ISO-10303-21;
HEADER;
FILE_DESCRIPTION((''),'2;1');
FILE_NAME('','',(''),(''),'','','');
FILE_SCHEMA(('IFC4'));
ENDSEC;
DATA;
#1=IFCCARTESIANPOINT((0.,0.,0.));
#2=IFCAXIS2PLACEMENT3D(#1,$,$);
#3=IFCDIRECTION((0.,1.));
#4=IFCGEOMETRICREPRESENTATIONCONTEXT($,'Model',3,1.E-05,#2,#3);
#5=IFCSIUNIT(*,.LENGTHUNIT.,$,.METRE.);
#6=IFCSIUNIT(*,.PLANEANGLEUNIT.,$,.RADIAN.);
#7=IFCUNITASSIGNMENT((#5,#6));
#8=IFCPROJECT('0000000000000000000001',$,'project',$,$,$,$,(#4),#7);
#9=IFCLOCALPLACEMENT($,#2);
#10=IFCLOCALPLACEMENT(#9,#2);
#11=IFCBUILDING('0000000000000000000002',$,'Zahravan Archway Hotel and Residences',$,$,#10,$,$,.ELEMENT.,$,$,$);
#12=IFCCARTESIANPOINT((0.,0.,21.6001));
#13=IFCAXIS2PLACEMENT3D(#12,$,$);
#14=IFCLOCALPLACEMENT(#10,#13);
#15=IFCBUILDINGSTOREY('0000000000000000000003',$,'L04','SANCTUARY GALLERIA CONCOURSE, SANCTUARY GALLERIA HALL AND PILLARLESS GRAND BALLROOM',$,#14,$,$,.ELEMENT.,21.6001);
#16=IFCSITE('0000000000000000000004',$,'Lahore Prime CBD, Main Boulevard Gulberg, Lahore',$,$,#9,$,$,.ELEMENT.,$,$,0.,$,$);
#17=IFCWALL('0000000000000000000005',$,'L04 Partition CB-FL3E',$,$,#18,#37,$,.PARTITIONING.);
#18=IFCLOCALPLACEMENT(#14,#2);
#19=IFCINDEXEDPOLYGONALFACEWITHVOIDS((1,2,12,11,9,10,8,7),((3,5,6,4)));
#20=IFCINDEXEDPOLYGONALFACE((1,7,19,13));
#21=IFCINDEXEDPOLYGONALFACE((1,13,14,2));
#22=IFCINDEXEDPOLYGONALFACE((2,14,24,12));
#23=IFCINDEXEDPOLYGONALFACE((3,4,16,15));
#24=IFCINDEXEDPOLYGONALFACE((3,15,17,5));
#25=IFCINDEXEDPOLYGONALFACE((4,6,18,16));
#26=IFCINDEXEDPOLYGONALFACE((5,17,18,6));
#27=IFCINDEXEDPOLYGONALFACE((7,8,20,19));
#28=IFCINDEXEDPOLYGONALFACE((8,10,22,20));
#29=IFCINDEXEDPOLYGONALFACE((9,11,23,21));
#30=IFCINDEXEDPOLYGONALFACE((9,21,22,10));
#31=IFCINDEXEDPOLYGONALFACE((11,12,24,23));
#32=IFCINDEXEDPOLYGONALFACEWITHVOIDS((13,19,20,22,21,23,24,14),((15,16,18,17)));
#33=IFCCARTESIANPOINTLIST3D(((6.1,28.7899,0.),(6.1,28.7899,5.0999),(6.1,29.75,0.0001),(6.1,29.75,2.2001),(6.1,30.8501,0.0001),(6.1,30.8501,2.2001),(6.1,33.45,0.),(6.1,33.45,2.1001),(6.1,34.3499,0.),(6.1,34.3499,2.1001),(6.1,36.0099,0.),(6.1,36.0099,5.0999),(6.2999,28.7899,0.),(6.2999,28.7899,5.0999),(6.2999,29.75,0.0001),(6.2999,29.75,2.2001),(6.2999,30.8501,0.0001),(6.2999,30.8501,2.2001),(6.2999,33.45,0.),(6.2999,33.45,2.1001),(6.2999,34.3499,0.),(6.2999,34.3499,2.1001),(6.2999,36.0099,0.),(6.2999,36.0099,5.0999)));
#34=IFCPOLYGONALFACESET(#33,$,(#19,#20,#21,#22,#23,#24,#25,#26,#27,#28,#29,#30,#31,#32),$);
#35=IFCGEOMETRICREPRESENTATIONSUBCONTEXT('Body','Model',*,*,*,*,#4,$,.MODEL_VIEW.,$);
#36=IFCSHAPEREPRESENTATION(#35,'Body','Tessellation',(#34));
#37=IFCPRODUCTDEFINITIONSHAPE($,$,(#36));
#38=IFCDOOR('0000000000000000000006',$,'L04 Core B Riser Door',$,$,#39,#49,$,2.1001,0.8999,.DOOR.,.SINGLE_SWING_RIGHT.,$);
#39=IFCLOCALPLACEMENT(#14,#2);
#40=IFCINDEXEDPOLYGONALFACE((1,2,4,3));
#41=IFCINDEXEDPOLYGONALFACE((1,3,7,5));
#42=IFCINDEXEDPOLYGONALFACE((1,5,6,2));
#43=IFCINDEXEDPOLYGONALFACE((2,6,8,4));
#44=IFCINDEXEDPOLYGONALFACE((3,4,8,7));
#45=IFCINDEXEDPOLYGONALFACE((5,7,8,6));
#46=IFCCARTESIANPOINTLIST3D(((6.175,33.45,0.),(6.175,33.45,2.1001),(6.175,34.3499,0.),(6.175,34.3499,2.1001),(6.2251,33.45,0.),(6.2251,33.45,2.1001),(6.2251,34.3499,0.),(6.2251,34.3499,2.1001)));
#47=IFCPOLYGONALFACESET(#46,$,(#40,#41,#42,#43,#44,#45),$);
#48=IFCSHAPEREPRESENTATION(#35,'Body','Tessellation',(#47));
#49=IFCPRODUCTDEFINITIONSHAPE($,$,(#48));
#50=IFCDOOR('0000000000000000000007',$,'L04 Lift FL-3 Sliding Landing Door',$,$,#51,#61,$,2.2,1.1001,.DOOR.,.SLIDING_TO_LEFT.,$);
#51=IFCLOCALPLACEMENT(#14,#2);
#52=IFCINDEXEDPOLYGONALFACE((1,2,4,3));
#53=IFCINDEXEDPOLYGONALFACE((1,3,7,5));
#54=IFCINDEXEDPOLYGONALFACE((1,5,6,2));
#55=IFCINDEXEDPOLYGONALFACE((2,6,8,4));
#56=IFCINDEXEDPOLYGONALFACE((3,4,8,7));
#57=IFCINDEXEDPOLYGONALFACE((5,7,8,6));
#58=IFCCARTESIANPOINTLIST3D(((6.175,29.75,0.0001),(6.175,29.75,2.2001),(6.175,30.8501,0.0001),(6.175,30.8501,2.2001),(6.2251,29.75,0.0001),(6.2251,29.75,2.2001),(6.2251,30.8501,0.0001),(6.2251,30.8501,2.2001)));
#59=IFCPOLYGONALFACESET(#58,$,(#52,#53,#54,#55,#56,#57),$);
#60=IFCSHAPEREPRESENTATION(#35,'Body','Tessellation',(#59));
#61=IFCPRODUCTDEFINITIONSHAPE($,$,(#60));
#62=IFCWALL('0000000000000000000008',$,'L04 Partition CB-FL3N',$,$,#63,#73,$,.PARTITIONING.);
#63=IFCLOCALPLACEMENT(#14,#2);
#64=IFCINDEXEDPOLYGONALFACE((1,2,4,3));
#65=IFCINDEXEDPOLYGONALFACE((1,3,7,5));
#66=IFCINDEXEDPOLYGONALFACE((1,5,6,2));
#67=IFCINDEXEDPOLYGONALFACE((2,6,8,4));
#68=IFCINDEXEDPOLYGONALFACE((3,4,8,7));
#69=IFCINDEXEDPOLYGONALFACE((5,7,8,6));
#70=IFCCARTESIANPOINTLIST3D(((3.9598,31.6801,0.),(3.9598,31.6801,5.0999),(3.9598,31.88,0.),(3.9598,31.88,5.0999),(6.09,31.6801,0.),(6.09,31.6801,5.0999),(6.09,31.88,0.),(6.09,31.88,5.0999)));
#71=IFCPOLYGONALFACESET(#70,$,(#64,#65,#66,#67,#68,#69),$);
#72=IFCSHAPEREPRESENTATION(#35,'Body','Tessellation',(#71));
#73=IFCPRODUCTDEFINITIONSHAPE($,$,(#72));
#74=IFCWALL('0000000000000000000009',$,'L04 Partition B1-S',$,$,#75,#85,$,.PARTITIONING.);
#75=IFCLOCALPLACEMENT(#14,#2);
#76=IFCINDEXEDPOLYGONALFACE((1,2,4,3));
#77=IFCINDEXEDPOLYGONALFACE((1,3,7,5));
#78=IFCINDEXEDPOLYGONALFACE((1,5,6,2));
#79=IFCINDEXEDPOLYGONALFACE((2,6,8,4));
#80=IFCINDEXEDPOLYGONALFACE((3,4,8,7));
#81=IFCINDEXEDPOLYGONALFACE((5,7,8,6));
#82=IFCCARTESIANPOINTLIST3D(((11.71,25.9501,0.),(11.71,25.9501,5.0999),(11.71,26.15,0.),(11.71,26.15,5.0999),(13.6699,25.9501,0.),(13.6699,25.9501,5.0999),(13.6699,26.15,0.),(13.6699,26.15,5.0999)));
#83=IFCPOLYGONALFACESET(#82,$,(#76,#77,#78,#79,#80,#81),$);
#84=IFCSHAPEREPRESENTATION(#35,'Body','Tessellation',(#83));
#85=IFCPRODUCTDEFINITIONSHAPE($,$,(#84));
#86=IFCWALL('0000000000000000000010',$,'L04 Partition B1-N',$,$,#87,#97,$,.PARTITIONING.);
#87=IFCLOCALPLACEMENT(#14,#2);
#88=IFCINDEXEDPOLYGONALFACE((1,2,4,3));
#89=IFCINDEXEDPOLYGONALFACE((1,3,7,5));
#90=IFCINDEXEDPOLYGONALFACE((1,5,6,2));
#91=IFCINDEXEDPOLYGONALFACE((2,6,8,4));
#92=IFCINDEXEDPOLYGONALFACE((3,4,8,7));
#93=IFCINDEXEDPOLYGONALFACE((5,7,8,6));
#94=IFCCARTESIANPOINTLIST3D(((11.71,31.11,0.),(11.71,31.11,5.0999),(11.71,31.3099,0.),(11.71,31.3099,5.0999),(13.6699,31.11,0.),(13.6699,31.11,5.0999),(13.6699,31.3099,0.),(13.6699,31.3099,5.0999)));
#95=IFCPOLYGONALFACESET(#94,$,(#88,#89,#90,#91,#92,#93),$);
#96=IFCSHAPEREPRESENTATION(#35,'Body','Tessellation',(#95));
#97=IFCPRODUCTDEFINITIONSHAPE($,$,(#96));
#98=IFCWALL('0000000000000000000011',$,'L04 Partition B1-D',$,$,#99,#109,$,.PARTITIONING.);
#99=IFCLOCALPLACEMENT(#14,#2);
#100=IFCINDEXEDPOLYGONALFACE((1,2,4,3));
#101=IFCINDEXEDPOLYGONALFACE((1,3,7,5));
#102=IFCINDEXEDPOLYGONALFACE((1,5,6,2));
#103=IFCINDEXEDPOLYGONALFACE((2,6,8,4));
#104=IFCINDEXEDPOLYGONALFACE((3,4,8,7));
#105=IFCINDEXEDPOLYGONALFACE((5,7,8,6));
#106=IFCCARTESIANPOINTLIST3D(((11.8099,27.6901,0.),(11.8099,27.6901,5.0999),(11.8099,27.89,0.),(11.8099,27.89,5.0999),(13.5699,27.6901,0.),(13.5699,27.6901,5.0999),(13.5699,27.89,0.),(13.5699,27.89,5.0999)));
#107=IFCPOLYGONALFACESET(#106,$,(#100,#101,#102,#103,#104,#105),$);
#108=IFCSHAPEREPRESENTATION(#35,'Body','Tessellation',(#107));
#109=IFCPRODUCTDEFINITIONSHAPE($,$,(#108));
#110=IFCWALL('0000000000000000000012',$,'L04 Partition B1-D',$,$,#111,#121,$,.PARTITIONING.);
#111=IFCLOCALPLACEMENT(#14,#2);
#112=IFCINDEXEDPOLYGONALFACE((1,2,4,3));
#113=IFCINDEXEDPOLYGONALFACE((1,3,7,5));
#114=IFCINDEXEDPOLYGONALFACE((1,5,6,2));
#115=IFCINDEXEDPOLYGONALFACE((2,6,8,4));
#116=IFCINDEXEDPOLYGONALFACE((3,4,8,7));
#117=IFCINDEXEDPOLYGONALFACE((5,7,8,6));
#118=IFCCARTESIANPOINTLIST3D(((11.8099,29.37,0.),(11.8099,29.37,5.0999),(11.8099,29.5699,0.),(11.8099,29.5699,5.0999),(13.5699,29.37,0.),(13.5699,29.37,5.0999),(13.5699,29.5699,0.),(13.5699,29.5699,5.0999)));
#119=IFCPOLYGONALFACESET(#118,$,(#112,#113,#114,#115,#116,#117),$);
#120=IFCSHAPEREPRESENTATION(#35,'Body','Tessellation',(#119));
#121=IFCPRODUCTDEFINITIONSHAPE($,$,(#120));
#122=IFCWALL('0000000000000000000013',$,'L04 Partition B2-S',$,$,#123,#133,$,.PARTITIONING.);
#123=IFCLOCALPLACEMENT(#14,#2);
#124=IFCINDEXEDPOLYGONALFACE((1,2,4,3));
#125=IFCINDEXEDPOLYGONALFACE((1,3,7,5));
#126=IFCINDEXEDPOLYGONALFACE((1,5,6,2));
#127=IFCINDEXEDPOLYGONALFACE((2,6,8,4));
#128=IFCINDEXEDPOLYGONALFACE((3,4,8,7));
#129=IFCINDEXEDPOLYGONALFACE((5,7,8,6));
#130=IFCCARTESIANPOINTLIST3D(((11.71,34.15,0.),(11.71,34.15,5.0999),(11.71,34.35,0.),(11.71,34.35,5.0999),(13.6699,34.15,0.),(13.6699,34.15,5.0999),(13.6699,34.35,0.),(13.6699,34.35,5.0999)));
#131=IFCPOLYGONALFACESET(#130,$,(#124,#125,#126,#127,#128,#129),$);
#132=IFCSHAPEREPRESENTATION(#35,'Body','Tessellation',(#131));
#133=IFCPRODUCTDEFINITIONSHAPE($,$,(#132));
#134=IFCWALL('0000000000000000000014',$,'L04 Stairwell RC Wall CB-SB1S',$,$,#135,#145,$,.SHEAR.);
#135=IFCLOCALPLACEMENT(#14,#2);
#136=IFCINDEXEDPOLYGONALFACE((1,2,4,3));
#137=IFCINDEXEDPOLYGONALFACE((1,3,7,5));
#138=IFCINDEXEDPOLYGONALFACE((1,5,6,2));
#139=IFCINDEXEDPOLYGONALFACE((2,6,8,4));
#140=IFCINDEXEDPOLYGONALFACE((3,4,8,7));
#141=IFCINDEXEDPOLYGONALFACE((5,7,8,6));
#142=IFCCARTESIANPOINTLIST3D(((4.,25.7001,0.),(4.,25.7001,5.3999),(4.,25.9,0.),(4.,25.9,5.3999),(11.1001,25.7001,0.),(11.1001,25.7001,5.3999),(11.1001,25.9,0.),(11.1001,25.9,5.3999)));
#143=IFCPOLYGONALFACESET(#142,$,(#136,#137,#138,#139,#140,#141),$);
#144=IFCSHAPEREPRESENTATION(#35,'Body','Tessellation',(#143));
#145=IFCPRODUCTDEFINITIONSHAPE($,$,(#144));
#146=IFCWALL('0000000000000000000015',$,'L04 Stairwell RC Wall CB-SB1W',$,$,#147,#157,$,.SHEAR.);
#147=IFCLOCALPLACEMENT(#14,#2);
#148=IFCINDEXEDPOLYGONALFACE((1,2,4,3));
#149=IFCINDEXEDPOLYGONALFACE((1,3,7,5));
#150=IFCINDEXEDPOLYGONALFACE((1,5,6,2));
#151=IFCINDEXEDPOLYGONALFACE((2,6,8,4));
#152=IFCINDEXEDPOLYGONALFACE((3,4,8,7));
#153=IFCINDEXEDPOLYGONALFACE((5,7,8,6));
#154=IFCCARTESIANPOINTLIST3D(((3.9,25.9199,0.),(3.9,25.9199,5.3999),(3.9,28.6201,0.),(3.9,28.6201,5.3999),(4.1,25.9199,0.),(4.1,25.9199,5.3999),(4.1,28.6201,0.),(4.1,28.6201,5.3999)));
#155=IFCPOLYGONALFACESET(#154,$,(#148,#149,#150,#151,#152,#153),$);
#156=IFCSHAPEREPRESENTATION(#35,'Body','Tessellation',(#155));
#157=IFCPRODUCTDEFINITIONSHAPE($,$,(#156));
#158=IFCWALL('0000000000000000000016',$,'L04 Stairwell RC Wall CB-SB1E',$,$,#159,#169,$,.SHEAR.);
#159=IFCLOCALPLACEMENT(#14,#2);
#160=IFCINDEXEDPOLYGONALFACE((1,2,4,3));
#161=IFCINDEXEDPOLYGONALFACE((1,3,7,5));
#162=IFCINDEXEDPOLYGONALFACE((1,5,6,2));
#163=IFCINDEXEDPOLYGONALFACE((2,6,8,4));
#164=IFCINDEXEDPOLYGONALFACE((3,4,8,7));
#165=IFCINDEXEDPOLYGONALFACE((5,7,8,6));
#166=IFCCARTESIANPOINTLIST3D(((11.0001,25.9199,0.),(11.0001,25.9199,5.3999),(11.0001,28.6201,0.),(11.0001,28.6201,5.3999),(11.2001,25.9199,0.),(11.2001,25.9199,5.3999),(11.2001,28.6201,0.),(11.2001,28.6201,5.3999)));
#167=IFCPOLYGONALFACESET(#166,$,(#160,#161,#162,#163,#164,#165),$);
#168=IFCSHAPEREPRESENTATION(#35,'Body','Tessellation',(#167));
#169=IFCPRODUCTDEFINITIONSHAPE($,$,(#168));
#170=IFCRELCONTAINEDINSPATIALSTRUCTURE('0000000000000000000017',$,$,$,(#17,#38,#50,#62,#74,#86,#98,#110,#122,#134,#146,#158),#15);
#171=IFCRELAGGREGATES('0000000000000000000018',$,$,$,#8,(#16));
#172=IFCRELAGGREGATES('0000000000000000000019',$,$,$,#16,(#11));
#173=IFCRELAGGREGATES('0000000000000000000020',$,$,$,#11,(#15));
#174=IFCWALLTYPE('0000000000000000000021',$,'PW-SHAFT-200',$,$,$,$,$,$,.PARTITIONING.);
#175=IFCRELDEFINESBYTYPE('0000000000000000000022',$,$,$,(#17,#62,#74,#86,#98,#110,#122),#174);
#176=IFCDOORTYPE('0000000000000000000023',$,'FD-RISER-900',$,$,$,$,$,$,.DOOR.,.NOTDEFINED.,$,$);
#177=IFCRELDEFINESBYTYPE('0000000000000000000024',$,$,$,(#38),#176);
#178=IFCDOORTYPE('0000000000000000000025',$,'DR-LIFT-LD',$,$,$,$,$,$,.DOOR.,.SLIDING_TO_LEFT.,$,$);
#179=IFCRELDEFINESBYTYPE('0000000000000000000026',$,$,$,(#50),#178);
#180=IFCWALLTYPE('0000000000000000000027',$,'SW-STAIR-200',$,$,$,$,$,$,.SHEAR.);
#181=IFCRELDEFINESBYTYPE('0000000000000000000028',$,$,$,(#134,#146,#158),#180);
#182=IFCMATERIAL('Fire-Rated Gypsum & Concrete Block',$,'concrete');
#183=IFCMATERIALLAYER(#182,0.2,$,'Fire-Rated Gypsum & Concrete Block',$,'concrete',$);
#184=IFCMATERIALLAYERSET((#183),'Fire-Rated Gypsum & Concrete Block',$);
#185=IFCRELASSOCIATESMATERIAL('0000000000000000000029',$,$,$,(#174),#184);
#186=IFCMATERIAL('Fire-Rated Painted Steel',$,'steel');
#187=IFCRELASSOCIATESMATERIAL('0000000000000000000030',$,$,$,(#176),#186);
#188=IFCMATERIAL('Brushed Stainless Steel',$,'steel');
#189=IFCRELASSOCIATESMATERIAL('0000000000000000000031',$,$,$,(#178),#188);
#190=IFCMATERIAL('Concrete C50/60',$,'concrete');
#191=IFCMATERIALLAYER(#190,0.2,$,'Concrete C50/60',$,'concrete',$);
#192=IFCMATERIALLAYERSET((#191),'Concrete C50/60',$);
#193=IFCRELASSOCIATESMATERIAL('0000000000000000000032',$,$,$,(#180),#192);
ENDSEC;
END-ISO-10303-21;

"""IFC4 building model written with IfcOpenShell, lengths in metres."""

from ifc_helpers import new_model, si_unit, direction, frame, frame_2d, origin, place, context, subcontext, project, spatial, rectangle, extrude, source, transform, mapped, material, layer, layer_set, type_object, type_shapes, element, fill, save


model = new_model("IFC4")

# Units and contexts
model_context = context("Model", 3, precision=1e-05, world=origin(), true_north=direction((0.0, 1.0)))
body_context = subcontext(model_context, "Body", "Model", "MODEL_VIEW")
ifc_project = project(units=[si_unit("LENGTHUNIT", "METRE"), si_unit("PLANEANGLEUNIT", "RADIAN")], contexts=[model_context])

# Site, building, storey
site_placement = place(None, origin())
site = spatial("IfcSite", under=ifc_project, at=site_placement, Name="Lahore Prime CBD, Main Boulevard Gulberg, Lahore", CompositionType="ELEMENT", RefElevation=0.0)
building_placement = place(site_placement, origin())
building = spatial("IfcBuilding", under=site, at=building_placement, Name="Zahravan Archway Hotel and Residences", CompositionType="ELEMENT")
storey_placement = place(building_placement, frame((0.0, 0.0, 21.6001)))
storey = spatial("IfcBuildingStorey", under=building, at=storey_placement, Name="L04", Description="SANCTUARY GALLERIA CONCOURSE, SANCTUARY GALLERIA HALL AND PILLARLESS GRAND BALLROOM", CompositionType="ELEMENT", Elevation=21.6001)

# Shared definitions
ifc_material_1 = material(Name="Fire-Rated Painted Steel", Category="steel")

# Wall, openings, doors
ifc_material_2 = material(Name="Fire-Rated Gypsum & Concrete Block", Category="concrete")
ifc_layer_1 = layer(ifc_material_2, 0.2, Name="Fire-Rated Gypsum & Concrete Block", Category="concrete")
ifc_layer_set_1 = layer_set([ifc_layer_1], Name="Fire-Rated Gypsum & Concrete Block")
wall_type_1 = type_object("IfcWallType", Name="PW-SHAFT-200", PredefinedType="PARTITIONING", material=ifc_layer_set_1)
wall_1_placement = place(storey_placement, frame((6.2, 28.79, 0.0), z_axis=(0.0, 0.0, 1.0), x_axis=(0.0, 1.0, 0.0)))
wall_1 = element("IfcWall", 1, at=wall_1_placement, inside=storey, type_object=wall_type_1, Name="L04 Partition CB-FL3E", PredefinedType="PARTITIONING", context=body_context, shape_type="SweptSolid", body=[
    extrude(rectangle(XDim=7.22, YDim=0.2, at=frame_2d((3.6099, 0.0))), origin(), (0.0, 0.0, 1.0), 5.0999),
])
opening_1_placement = place(wall_1_placement, frame((4.6599, 0.0, 0.0)))
opening_1 = element("IfcOpeningElement", 2, at=opening_1_placement, cuts=wall_1, PredefinedType="OPENING", context=body_context, shape_type="SweptSolid", body=[
    extrude(rectangle(XDim=0.8999, YDim=2.1001, at=frame_2d((0.45, 1.05))), frame((0.0, 0.1099, 0.0), z_axis=(0.0, -1.0, 0.0), x_axis=(1.0, 0.0, 0.0)), (0.0, 0.0, 1.0), 0.22),
])
opening_2_placement = place(wall_1_placement, frame((0.96, 0.0, 0.0)))
opening_2 = element("IfcOpeningElement", 3, at=opening_2_placement, cuts=wall_1, PredefinedType="OPENING", context=body_context, shape_type="SweptSolid", body=[
    extrude(rectangle(XDim=1.1001, YDim=2.2, at=frame_2d((0.55, 1.1001))), frame((0.0, 0.1099, 0.0), z_axis=(0.0, -1.0, 0.0), x_axis=(1.0, 0.0, 0.0)), (0.0, 0.0, 1.0), 0.22),
])
door_type_1 = type_object("IfcDoorType", Name="FD-RISER-900", OperationType="NOTDEFINED", PredefinedType="DOOR", material=ifc_material_1)
shared_shape_1 = source(origin(), body_context, "Body", "SweptSolid", [
    extrude(rectangle(XDim=0.8999, YDim=2.1001, at=frame_2d((0.45, 1.05))), frame((0.0, 0.0249, 0.0), z_axis=(0.0, -1.0, 0.0), x_axis=(1.0, 0.0, 0.0)), (0.0, 0.0, 1.0), 0.05),
])
type_shapes(door_type_1, [shared_shape_1])
door_1_placement = place(opening_1_placement, origin())
door_1 = element("IfcDoor", 4, at=door_1_placement, inside=storey, type_object=door_type_1, Name="L04 Core B Riser Door", OperationType="SINGLE_SWING_RIGHT", OverallHeight=2.1001, OverallWidth=0.8999, PredefinedType="DOOR", context=body_context, shape_type="MappedRepresentation", body=[
    mapped(shared_shape_1, transform((0.0, 0.0, 0.0), scale=1.0)),
])
fill(opening_1, door_1)
ifc_material_3 = material(Name="Brushed Stainless Steel", Category="steel")
door_type_2 = type_object("IfcDoorType", Name="DR-LIFT-LD", OperationType="SLIDING_TO_LEFT", PredefinedType="DOOR", material=ifc_material_3)
shared_shape_2 = source(origin(), body_context, "Body", "SweptSolid", [
    extrude(rectangle(XDim=1.1001, YDim=2.2, at=frame_2d((0.55, 1.1001))), frame((0.0, 0.0249, 0.0), z_axis=(0.0, -1.0, 0.0), x_axis=(1.0, 0.0, 0.0)), (0.0, 0.0, 1.0), 0.05),
])
type_shapes(door_type_2, [shared_shape_2])
door_2_placement = place(opening_2_placement, origin())
door_2 = element("IfcDoor", 5, at=door_2_placement, inside=storey, type_object=door_type_2, Name="L04 Lift FL-3 Sliding Landing Door", OperationType="SLIDING_TO_LEFT", OverallHeight=2.2, OverallWidth=1.1001, PredefinedType="DOOR", context=body_context, shape_type="MappedRepresentation", body=[
    mapped(shared_shape_2, transform((0.0, 0.0, 0.0), scale=1.0)),
])
fill(opening_2, door_2)

# Walls
wall_2_placement = place(storey_placement, frame((3.96, 31.78, 0.0), z_axis=(0.0, 0.0, 1.0), x_axis=(1.0, 0.0, 0.0)))
element("IfcWall", 6, at=wall_2_placement, inside=storey, type_object=wall_type_1, Name="L04 Partition CB-FL3N", PredefinedType="PARTITIONING", context=body_context, shape_type="SweptSolid", body=[
    extrude(rectangle(XDim=2.1301, YDim=0.2, at=frame_2d((1.0649, 0.0))), origin(), (0.0, 0.0, 1.0), 5.0999),
])
for number, where, z_axis, x_axis, name in (
    (7, (11.71, 26.05, 0.0), (0.0, 0.0, 1.0), (1.0, 0.0, 0.0), "L04 Partition B1-S"),
    (8, (11.71, 31.21, 0.0), (0.0, 0.0, 1.0), (1.0, 0.0, 0.0), "L04 Partition B1-N"),
):
    element("IfcWall", number, at=place(storey_placement, frame(where, z_axis=z_axis, x_axis=x_axis)), inside=storey, type_object=wall_type_1, Name=name, PredefinedType="PARTITIONING", context=body_context, shape_type="SweptSolid", body=[
        extrude(rectangle(XDim=1.96, YDim=0.2, at=frame_2d((0.98, 0.0))), origin(), (0.0, 0.0, 1.0), 5.0999),
    ])
for number, where, z_axis, x_axis, name in (
    (9, (11.8101, 27.79, 0.0), (0.0, 0.0, 1.0), (1.0, 0.0, 0.0), "L04 Partition B1-D"),
    (10, (11.8101, 29.47, 0.0), (0.0, 0.0, 1.0), (1.0, 0.0, 0.0), "L04 Partition B1-D"),
):
    element("IfcWall", number, at=place(storey_placement, frame(where, z_axis=z_axis, x_axis=x_axis)), inside=storey, type_object=wall_type_1, Name=name, PredefinedType="PARTITIONING", context=body_context, shape_type="SweptSolid", body=[
        extrude(rectangle(XDim=1.76, YDim=0.2, at=frame_2d((0.8799, 0.0))), origin(), (0.0, 0.0, 1.0), 5.0999),
    ])
wall_3_placement = place(storey_placement, frame((11.71, 34.25, 0.0), z_axis=(0.0, 0.0, 1.0), x_axis=(1.0, 0.0, 0.0)))
element("IfcWall", 11, at=wall_3_placement, inside=storey, type_object=wall_type_1, Name="L04 Partition B2-S", PredefinedType="PARTITIONING", context=body_context, shape_type="SweptSolid", body=[
    extrude(rectangle(XDim=1.96, YDim=0.2, at=frame_2d((0.98, 0.0))), origin(), (0.0, 0.0, 1.0), 5.0999),
])
ifc_material_4 = material(Name="Concrete C50/60", Category="concrete")
ifc_layer_2 = layer(ifc_material_4, 0.2, Name="Concrete C50/60", Category="concrete")
ifc_layer_set_2 = layer_set([ifc_layer_2], Name="Concrete C50/60")
wall_type_2 = type_object("IfcWallType", Name="SW-STAIR-200", PredefinedType="SHEAR", material=ifc_layer_set_2)
wall_4_placement = place(storey_placement, frame((4.0, 25.8, 0.0), z_axis=(0.0, 0.0, 1.0), x_axis=(1.0, 0.0, 0.0)))
element("IfcWall", 12, at=wall_4_placement, inside=storey, type_object=wall_type_2, Name="L04 Stairwell RC Wall CB-SB1S", PredefinedType="SHEAR", context=body_context, shape_type="SweptSolid", body=[
    extrude(rectangle(XDim=7.1001, YDim=0.2, at=frame_2d((3.55, 0.0))), origin(), (0.0, 0.0, 1.0), 5.3999),
])
for number, where, z_axis, x_axis, name in (
    (13, (4.0, 25.9199, 0.0), (0.0, 0.0, 1.0), (0.0, 1.0, 0.0), "L04 Stairwell RC Wall CB-SB1W"),
    (14, (11.1001, 25.9199, 0.0), (0.0, 0.0, 1.0), (0.0, 1.0, 0.0), "L04 Stairwell RC Wall CB-SB1E"),
):
    element("IfcWall", number, at=place(storey_placement, frame(where, z_axis=z_axis, x_axis=x_axis)), inside=storey, type_object=wall_type_2, Name=name, PredefinedType="SHEAR", context=body_context, shape_type="SweptSolid", body=[
        extrude(rectangle(XDim=2.7002, YDim=0.2, at=frame_2d((1.3501, 0.0))), origin(), (0.0, 0.0, 1.0), 5.3999),
    ])

save(model, "model.ifc")
